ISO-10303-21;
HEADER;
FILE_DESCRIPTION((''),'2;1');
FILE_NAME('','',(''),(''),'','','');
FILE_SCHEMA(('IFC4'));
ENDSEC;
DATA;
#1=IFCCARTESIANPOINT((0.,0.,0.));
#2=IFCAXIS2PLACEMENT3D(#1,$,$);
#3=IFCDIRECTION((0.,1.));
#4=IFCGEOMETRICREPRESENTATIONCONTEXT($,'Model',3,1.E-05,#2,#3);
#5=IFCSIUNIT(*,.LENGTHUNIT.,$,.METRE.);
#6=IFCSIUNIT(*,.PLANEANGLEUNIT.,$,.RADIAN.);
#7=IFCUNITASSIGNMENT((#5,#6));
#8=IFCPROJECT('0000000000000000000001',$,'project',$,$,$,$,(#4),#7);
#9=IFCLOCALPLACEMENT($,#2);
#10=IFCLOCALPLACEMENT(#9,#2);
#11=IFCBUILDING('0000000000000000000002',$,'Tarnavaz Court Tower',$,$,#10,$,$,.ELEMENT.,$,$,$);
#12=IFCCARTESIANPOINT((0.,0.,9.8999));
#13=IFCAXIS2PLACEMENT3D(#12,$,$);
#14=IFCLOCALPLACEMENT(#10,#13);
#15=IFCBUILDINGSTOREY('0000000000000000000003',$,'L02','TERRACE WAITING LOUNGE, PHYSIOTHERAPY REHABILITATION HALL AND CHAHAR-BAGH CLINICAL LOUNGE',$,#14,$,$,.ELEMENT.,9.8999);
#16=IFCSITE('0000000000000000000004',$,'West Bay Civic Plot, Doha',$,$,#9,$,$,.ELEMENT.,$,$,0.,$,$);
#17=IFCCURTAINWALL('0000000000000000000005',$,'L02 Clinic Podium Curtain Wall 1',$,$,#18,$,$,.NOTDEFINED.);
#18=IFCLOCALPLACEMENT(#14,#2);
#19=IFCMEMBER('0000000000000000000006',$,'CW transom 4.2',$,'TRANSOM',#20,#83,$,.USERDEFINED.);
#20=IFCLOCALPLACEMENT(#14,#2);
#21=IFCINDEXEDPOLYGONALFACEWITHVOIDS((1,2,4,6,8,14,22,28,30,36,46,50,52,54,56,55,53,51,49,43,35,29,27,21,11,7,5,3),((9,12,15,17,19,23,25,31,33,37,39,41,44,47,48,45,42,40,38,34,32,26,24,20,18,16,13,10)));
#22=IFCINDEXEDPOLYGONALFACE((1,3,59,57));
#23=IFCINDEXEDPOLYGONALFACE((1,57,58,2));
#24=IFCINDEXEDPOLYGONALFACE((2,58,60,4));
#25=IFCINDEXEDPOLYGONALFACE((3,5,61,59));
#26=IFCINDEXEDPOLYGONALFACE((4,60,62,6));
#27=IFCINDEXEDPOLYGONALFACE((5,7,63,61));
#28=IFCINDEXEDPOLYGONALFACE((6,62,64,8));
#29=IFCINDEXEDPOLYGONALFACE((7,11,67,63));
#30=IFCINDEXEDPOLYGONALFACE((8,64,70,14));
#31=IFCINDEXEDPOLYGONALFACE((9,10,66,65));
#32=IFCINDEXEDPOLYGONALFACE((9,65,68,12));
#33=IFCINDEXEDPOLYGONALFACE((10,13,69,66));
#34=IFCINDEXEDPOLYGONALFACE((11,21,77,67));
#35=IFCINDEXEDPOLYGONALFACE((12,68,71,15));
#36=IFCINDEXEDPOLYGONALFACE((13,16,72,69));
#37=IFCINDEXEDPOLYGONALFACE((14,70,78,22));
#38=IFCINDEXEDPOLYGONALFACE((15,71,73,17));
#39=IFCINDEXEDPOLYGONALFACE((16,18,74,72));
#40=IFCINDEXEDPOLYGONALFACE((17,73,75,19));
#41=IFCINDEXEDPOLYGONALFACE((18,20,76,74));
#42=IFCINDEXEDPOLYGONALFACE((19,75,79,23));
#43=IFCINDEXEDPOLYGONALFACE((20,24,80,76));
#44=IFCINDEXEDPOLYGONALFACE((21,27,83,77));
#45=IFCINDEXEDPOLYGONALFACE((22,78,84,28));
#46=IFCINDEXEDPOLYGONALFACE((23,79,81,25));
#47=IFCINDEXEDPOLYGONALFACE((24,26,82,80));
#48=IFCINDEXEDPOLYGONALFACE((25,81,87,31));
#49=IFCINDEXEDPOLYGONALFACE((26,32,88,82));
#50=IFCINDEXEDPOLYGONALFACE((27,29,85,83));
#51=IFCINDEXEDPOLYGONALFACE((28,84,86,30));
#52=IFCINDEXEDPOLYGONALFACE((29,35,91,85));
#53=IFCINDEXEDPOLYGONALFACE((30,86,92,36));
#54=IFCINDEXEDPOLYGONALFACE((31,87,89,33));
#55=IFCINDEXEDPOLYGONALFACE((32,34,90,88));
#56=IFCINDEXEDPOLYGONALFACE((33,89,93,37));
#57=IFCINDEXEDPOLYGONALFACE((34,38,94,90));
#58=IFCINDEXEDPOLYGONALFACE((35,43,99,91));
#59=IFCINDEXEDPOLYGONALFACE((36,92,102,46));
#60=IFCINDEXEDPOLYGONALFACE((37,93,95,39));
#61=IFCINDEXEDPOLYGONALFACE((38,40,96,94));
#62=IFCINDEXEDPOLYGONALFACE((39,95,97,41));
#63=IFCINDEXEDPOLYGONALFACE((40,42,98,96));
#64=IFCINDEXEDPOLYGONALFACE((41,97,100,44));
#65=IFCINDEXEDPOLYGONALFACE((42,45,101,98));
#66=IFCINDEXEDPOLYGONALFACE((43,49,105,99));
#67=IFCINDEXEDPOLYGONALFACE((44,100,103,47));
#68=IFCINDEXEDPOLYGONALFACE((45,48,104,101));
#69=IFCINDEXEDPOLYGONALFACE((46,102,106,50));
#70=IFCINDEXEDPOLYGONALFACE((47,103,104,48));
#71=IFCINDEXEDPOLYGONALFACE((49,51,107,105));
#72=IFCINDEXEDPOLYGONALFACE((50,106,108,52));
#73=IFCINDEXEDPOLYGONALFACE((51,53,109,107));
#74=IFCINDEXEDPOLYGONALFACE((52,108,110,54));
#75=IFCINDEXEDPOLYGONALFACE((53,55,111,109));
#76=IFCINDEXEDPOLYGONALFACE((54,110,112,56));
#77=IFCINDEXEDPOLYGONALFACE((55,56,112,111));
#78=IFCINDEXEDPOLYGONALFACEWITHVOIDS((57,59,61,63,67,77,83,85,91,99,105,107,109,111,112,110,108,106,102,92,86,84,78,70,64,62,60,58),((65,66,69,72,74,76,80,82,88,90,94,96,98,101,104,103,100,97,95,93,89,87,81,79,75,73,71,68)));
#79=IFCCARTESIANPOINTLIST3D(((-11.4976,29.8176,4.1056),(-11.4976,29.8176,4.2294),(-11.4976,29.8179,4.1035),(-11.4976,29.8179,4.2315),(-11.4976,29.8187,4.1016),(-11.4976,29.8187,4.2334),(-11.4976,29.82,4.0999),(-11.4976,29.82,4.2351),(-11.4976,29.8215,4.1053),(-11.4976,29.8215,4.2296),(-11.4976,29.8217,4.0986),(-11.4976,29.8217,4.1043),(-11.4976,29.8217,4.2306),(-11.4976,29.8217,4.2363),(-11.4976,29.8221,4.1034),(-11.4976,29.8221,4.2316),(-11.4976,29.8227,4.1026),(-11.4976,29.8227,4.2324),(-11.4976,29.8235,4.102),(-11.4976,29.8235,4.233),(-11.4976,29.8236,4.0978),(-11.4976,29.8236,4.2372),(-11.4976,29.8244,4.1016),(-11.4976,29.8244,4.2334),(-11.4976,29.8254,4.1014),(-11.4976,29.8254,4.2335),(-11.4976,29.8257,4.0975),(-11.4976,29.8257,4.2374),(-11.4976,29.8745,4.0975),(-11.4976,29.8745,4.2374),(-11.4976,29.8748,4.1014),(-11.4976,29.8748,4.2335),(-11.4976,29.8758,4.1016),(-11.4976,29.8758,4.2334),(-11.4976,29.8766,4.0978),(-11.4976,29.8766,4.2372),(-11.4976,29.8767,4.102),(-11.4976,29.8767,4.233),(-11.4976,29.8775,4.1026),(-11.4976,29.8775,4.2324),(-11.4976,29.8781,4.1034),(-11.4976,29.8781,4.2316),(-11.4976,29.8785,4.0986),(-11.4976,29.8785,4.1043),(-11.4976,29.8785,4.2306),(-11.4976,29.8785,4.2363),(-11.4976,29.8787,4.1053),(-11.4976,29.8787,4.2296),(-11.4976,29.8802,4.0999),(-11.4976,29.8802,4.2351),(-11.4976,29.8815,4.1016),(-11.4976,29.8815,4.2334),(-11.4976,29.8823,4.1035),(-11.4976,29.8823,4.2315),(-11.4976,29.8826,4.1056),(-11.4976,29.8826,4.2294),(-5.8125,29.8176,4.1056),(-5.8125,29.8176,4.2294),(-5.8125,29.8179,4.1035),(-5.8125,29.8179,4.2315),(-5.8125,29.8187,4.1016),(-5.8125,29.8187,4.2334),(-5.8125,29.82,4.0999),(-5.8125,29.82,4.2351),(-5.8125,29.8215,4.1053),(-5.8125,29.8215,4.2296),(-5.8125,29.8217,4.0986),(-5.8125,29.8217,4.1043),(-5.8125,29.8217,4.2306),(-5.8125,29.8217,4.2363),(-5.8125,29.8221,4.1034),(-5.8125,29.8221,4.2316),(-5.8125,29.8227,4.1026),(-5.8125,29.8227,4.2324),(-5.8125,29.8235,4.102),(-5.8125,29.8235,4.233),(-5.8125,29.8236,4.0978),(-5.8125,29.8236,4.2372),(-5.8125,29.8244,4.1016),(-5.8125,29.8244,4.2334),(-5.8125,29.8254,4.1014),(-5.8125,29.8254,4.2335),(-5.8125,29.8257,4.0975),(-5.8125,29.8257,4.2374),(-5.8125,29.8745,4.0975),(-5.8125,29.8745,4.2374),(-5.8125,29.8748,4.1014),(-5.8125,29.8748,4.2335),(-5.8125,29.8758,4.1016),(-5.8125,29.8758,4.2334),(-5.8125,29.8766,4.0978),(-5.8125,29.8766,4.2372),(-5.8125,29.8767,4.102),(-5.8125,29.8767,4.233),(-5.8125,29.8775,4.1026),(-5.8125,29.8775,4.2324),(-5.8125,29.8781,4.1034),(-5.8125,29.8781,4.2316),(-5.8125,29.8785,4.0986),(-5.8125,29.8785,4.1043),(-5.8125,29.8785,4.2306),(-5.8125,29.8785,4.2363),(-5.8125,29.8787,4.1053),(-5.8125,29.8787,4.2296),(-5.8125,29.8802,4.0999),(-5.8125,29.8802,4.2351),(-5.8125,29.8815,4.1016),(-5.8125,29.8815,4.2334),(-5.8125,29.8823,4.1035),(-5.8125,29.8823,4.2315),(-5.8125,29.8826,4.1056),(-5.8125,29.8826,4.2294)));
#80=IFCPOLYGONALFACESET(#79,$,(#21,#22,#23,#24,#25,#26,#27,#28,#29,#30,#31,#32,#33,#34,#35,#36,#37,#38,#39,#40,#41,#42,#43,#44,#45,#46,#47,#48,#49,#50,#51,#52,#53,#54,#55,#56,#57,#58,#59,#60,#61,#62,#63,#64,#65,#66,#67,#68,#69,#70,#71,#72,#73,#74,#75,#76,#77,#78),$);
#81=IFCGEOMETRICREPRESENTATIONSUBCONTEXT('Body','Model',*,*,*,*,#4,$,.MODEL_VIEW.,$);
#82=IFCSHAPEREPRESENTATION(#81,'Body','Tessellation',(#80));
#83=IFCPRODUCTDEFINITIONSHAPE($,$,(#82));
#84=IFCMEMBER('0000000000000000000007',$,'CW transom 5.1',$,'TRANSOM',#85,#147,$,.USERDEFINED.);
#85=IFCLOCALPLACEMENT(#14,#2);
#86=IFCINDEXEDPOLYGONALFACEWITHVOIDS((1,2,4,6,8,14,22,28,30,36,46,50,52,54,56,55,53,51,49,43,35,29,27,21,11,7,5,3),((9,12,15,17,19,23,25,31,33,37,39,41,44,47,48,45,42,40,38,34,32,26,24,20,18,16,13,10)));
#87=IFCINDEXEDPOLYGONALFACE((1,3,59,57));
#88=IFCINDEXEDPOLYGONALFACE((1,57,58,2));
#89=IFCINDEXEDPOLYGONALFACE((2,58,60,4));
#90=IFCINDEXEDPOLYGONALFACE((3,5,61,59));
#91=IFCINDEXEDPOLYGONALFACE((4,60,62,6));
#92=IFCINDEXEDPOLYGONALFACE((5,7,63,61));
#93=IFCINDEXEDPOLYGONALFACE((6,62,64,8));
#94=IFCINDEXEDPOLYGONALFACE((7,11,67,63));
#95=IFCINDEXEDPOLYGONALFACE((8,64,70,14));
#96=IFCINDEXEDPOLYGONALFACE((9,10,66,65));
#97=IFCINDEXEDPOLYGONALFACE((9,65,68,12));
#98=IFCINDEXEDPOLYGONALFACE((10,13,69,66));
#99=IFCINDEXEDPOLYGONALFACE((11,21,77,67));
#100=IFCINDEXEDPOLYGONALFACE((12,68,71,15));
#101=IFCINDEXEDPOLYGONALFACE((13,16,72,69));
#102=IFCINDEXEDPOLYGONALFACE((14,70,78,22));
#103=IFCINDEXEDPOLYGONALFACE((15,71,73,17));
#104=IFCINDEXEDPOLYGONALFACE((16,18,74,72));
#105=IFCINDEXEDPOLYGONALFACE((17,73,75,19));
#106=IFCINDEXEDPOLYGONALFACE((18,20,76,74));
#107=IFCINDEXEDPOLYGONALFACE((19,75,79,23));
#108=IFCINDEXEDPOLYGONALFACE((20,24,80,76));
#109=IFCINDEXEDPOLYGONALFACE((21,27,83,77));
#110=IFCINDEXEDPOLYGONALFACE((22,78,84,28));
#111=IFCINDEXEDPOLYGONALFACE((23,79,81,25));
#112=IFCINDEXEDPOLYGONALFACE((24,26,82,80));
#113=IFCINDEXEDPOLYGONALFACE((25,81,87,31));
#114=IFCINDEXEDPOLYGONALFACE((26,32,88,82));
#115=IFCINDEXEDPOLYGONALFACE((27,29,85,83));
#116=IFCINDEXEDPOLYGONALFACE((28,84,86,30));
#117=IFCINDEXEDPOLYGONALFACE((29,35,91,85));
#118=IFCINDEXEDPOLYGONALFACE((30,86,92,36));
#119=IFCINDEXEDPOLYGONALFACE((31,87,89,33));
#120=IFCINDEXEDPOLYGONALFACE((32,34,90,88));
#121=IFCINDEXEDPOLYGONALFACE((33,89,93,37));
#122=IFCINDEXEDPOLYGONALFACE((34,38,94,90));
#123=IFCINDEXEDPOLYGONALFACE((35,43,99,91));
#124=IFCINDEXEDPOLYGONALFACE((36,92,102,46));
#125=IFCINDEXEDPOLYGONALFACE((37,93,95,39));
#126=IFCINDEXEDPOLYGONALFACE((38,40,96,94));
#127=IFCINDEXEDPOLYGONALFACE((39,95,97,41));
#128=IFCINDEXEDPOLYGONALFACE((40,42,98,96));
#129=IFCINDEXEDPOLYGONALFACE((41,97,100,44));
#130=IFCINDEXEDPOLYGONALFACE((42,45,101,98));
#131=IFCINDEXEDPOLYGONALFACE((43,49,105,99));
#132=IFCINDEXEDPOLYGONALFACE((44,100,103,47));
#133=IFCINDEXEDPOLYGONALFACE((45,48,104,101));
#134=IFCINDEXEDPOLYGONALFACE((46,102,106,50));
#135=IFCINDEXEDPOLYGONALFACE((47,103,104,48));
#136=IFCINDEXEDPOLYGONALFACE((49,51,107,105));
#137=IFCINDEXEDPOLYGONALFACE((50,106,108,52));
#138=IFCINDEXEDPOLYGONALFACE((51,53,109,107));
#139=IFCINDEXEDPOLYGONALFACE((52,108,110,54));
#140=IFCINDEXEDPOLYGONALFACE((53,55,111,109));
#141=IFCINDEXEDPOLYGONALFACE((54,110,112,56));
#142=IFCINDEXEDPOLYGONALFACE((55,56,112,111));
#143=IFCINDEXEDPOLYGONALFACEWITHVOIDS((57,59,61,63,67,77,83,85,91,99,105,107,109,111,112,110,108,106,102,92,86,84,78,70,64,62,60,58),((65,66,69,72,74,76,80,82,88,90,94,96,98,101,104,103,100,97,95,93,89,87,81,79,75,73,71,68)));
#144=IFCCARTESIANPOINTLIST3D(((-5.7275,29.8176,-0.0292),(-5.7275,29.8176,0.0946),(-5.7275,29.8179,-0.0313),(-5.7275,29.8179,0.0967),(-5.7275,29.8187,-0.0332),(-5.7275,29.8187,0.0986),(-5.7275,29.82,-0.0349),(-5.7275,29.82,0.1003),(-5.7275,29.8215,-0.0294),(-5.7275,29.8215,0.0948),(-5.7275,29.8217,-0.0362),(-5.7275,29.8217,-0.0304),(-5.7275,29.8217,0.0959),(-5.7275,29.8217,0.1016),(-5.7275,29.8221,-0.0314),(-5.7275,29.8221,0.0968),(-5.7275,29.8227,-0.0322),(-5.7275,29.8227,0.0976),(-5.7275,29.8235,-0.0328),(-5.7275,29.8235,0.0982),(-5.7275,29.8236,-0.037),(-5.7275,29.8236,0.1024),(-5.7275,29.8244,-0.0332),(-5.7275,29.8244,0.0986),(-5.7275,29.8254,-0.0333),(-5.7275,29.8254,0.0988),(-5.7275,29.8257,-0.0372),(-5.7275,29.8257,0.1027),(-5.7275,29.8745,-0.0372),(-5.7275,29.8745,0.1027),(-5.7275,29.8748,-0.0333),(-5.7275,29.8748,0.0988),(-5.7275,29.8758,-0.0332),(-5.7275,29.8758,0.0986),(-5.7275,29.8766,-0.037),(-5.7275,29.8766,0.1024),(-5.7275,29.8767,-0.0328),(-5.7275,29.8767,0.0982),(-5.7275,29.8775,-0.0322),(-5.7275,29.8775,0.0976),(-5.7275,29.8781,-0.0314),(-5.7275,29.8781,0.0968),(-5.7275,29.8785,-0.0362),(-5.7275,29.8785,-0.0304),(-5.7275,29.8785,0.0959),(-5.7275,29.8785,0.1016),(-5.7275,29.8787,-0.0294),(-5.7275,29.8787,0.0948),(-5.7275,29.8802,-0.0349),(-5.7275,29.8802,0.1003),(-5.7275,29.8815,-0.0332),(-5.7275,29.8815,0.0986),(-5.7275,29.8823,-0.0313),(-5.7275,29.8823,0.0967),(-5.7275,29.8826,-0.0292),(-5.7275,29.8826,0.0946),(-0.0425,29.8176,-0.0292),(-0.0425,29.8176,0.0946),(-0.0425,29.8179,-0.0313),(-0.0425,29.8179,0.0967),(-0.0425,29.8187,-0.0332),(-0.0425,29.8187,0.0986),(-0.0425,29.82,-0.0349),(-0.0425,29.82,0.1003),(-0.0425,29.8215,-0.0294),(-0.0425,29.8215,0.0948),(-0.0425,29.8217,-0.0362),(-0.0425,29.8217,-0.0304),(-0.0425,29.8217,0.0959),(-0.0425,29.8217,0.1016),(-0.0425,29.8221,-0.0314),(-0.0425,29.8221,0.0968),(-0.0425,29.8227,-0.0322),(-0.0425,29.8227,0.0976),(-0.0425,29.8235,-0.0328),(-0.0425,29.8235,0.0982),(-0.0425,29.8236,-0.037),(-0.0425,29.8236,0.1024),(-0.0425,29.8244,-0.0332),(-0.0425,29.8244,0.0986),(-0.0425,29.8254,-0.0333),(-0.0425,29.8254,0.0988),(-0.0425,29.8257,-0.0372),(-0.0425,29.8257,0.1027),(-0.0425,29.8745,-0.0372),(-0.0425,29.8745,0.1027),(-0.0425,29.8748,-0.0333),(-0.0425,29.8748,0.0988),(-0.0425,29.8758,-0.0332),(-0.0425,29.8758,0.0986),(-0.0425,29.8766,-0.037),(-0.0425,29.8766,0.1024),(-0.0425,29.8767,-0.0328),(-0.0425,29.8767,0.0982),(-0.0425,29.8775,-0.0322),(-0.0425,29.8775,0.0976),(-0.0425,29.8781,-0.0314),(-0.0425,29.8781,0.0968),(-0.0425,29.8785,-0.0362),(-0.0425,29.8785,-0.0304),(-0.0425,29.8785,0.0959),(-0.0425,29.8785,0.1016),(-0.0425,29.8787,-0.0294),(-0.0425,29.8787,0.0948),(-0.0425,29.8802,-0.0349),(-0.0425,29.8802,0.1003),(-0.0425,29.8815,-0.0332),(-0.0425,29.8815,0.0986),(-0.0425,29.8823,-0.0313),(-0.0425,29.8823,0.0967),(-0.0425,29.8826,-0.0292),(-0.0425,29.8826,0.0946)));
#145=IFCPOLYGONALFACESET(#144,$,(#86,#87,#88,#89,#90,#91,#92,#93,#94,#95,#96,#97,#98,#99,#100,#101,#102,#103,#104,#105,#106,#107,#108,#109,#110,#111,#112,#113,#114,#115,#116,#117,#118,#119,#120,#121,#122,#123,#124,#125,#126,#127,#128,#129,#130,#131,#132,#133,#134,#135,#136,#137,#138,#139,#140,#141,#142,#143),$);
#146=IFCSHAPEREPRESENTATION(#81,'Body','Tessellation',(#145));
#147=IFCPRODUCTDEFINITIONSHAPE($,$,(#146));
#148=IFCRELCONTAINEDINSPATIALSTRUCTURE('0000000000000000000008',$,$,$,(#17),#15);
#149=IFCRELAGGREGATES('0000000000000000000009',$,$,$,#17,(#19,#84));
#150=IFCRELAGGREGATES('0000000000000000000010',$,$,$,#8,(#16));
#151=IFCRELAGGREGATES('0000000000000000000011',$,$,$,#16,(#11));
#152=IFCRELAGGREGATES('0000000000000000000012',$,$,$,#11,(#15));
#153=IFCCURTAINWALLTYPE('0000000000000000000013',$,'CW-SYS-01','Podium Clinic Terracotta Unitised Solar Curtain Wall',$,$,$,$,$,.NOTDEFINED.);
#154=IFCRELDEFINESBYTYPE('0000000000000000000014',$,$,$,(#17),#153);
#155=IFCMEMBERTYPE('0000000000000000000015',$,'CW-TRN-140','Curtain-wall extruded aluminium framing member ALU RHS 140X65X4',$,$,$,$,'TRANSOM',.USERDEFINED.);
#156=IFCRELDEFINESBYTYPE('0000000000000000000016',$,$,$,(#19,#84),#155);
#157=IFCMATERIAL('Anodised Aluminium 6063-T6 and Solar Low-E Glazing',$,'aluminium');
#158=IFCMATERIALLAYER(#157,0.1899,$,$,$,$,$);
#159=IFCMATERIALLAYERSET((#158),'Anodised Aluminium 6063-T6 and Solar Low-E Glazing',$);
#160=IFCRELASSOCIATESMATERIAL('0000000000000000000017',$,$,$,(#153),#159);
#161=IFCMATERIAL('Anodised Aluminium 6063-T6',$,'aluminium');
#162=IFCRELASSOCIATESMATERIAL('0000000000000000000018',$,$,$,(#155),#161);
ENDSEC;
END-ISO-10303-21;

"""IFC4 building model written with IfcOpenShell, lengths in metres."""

from ifc_helpers import new_model, si_unit, direction, frame, origin, origin_2d, place, context, subcontext, project, spatial, hollow_rectangle, extrude, material, layer, layer_set, material_profile, profile_set, type_object, element, aggregate, save


model = new_model("IFC4")

# Units and contexts
model_context = context("Model", 3, precision=1e-05, world=origin(), true_north=direction((0.0, 1.0)))
body_context = subcontext(model_context, "Body", "Model", "MODEL_VIEW")
ifc_project = project(units=[si_unit("LENGTHUNIT", "METRE"), si_unit("PLANEANGLEUNIT", "RADIAN")], contexts=[model_context])

# Site, building, storey
site_placement = place(None, origin())
site = spatial("IfcSite", under=ifc_project, at=site_placement, Name="West Bay Civic Plot, Doha", CompositionType="ELEMENT", RefElevation=0.0)
building_placement = place(site_placement, origin())
building = spatial("IfcBuilding", under=site, at=building_placement, Name="Tarnavaz Court Tower", CompositionType="ELEMENT")
storey_placement = place(building_placement, frame((0.0, 0.0, 9.8999)))
storey = spatial("IfcBuildingStorey", under=building, at=storey_placement, Name="L02", Description="TERRACE WAITING LOUNGE, PHYSIOTHERAPY REHABILITATION HALL AND CHAHAR-BAGH CLINICAL LOUNGE", CompositionType="ELEMENT", Elevation=9.8999)

# Curtain wall, members
ifc_material_1 = material(Name="Anodised Aluminium 6063-T6 and Solar Low-E Glazing", Category="aluminium")
ifc_layer_1 = layer(ifc_material_1, 0.1899)
ifc_layer_set_1 = layer_set([ifc_layer_1], Name="Anodised Aluminium 6063-T6 and Solar Low-E Glazing")
curtain_wall_type = type_object("IfcCurtainWallType", Name="CW-SYS-01", Description="Podium Clinic Terracotta Unitised Solar Curtain Wall", PredefinedType="NOTDEFINED", material=ifc_layer_set_1)
curtain_wall_placement = place(storey_placement, origin())
curtain_wall = element("IfcCurtainWall", 1, at=curtain_wall_placement, inside=storey, type_object=curtain_wall_type, Name="L02 Clinic Podium Curtain Wall 1", PredefinedType="NOTDEFINED")
ifc_material_2 = material(Name="Anodised Aluminium 6063-T6", Category="aluminium")
ifc_material_profile_1 = material_profile(ifc_material_2, hollow_rectangle(XDim=0.0649, YDim=0.1399, WallThickness=0.0039, InnerFilletRadius=0.0039, OuterFilletRadius=0.0081, at=origin_2d()), Name="ALU RHS 140X65X4")
ifc_profile_set_1 = profile_set([ifc_material_profile_1], Name="Anodised Aluminium 6063-T6")
member_type_1 = type_object("IfcMemberType", Name="CW-TRN-140", Description="Curtain-wall extruded aluminium framing member ALU RHS 140X65X4", ElementType="TRANSOM", PredefinedType="USERDEFINED", material=ifc_profile_set_1)
member_1_placement = place(storey_placement, frame((-11.4976, 29.8501, 4.1675), z_axis=(1.0, 0.0, 0.0), x_axis=(0.0, 1.0, 0.0)))
member_1 = element("IfcMember", 2, at=member_1_placement, type_object=member_type_1, Name="CW transom 4.2", ObjectType="TRANSOM", PredefinedType="USERDEFINED", context=body_context, shape_type="SweptSolid", body=[
    extrude(hollow_rectangle(XDim=0.0649, YDim=0.1399, WallThickness=0.0039, InnerFilletRadius=0.0039, OuterFilletRadius=0.0081, at=origin_2d()), origin(), (0.0, 0.0, 1.0), 5.6851),
])
member_2_placement = place(storey_placement, frame((-5.7275, 29.8501, 0.0327), z_axis=(1.0, 0.0, 0.0), x_axis=(0.0, 1.0, 0.0)))
member_2 = element("IfcMember", 3, at=member_2_placement, type_object=member_type_1, Name="CW transom 5.1", ObjectType="TRANSOM", PredefinedType="USERDEFINED", context=body_context, shape_type="SweptSolid", body=[
    extrude(hollow_rectangle(XDim=0.0649, YDim=0.1399, WallThickness=0.0039, InnerFilletRadius=0.0039, OuterFilletRadius=0.0081, at=origin_2d()), origin(), (0.0, 0.0, 1.0), 5.6851),
])
aggregate(curtain_wall, [member_1, member_2])

save(model, "model.ifc")
